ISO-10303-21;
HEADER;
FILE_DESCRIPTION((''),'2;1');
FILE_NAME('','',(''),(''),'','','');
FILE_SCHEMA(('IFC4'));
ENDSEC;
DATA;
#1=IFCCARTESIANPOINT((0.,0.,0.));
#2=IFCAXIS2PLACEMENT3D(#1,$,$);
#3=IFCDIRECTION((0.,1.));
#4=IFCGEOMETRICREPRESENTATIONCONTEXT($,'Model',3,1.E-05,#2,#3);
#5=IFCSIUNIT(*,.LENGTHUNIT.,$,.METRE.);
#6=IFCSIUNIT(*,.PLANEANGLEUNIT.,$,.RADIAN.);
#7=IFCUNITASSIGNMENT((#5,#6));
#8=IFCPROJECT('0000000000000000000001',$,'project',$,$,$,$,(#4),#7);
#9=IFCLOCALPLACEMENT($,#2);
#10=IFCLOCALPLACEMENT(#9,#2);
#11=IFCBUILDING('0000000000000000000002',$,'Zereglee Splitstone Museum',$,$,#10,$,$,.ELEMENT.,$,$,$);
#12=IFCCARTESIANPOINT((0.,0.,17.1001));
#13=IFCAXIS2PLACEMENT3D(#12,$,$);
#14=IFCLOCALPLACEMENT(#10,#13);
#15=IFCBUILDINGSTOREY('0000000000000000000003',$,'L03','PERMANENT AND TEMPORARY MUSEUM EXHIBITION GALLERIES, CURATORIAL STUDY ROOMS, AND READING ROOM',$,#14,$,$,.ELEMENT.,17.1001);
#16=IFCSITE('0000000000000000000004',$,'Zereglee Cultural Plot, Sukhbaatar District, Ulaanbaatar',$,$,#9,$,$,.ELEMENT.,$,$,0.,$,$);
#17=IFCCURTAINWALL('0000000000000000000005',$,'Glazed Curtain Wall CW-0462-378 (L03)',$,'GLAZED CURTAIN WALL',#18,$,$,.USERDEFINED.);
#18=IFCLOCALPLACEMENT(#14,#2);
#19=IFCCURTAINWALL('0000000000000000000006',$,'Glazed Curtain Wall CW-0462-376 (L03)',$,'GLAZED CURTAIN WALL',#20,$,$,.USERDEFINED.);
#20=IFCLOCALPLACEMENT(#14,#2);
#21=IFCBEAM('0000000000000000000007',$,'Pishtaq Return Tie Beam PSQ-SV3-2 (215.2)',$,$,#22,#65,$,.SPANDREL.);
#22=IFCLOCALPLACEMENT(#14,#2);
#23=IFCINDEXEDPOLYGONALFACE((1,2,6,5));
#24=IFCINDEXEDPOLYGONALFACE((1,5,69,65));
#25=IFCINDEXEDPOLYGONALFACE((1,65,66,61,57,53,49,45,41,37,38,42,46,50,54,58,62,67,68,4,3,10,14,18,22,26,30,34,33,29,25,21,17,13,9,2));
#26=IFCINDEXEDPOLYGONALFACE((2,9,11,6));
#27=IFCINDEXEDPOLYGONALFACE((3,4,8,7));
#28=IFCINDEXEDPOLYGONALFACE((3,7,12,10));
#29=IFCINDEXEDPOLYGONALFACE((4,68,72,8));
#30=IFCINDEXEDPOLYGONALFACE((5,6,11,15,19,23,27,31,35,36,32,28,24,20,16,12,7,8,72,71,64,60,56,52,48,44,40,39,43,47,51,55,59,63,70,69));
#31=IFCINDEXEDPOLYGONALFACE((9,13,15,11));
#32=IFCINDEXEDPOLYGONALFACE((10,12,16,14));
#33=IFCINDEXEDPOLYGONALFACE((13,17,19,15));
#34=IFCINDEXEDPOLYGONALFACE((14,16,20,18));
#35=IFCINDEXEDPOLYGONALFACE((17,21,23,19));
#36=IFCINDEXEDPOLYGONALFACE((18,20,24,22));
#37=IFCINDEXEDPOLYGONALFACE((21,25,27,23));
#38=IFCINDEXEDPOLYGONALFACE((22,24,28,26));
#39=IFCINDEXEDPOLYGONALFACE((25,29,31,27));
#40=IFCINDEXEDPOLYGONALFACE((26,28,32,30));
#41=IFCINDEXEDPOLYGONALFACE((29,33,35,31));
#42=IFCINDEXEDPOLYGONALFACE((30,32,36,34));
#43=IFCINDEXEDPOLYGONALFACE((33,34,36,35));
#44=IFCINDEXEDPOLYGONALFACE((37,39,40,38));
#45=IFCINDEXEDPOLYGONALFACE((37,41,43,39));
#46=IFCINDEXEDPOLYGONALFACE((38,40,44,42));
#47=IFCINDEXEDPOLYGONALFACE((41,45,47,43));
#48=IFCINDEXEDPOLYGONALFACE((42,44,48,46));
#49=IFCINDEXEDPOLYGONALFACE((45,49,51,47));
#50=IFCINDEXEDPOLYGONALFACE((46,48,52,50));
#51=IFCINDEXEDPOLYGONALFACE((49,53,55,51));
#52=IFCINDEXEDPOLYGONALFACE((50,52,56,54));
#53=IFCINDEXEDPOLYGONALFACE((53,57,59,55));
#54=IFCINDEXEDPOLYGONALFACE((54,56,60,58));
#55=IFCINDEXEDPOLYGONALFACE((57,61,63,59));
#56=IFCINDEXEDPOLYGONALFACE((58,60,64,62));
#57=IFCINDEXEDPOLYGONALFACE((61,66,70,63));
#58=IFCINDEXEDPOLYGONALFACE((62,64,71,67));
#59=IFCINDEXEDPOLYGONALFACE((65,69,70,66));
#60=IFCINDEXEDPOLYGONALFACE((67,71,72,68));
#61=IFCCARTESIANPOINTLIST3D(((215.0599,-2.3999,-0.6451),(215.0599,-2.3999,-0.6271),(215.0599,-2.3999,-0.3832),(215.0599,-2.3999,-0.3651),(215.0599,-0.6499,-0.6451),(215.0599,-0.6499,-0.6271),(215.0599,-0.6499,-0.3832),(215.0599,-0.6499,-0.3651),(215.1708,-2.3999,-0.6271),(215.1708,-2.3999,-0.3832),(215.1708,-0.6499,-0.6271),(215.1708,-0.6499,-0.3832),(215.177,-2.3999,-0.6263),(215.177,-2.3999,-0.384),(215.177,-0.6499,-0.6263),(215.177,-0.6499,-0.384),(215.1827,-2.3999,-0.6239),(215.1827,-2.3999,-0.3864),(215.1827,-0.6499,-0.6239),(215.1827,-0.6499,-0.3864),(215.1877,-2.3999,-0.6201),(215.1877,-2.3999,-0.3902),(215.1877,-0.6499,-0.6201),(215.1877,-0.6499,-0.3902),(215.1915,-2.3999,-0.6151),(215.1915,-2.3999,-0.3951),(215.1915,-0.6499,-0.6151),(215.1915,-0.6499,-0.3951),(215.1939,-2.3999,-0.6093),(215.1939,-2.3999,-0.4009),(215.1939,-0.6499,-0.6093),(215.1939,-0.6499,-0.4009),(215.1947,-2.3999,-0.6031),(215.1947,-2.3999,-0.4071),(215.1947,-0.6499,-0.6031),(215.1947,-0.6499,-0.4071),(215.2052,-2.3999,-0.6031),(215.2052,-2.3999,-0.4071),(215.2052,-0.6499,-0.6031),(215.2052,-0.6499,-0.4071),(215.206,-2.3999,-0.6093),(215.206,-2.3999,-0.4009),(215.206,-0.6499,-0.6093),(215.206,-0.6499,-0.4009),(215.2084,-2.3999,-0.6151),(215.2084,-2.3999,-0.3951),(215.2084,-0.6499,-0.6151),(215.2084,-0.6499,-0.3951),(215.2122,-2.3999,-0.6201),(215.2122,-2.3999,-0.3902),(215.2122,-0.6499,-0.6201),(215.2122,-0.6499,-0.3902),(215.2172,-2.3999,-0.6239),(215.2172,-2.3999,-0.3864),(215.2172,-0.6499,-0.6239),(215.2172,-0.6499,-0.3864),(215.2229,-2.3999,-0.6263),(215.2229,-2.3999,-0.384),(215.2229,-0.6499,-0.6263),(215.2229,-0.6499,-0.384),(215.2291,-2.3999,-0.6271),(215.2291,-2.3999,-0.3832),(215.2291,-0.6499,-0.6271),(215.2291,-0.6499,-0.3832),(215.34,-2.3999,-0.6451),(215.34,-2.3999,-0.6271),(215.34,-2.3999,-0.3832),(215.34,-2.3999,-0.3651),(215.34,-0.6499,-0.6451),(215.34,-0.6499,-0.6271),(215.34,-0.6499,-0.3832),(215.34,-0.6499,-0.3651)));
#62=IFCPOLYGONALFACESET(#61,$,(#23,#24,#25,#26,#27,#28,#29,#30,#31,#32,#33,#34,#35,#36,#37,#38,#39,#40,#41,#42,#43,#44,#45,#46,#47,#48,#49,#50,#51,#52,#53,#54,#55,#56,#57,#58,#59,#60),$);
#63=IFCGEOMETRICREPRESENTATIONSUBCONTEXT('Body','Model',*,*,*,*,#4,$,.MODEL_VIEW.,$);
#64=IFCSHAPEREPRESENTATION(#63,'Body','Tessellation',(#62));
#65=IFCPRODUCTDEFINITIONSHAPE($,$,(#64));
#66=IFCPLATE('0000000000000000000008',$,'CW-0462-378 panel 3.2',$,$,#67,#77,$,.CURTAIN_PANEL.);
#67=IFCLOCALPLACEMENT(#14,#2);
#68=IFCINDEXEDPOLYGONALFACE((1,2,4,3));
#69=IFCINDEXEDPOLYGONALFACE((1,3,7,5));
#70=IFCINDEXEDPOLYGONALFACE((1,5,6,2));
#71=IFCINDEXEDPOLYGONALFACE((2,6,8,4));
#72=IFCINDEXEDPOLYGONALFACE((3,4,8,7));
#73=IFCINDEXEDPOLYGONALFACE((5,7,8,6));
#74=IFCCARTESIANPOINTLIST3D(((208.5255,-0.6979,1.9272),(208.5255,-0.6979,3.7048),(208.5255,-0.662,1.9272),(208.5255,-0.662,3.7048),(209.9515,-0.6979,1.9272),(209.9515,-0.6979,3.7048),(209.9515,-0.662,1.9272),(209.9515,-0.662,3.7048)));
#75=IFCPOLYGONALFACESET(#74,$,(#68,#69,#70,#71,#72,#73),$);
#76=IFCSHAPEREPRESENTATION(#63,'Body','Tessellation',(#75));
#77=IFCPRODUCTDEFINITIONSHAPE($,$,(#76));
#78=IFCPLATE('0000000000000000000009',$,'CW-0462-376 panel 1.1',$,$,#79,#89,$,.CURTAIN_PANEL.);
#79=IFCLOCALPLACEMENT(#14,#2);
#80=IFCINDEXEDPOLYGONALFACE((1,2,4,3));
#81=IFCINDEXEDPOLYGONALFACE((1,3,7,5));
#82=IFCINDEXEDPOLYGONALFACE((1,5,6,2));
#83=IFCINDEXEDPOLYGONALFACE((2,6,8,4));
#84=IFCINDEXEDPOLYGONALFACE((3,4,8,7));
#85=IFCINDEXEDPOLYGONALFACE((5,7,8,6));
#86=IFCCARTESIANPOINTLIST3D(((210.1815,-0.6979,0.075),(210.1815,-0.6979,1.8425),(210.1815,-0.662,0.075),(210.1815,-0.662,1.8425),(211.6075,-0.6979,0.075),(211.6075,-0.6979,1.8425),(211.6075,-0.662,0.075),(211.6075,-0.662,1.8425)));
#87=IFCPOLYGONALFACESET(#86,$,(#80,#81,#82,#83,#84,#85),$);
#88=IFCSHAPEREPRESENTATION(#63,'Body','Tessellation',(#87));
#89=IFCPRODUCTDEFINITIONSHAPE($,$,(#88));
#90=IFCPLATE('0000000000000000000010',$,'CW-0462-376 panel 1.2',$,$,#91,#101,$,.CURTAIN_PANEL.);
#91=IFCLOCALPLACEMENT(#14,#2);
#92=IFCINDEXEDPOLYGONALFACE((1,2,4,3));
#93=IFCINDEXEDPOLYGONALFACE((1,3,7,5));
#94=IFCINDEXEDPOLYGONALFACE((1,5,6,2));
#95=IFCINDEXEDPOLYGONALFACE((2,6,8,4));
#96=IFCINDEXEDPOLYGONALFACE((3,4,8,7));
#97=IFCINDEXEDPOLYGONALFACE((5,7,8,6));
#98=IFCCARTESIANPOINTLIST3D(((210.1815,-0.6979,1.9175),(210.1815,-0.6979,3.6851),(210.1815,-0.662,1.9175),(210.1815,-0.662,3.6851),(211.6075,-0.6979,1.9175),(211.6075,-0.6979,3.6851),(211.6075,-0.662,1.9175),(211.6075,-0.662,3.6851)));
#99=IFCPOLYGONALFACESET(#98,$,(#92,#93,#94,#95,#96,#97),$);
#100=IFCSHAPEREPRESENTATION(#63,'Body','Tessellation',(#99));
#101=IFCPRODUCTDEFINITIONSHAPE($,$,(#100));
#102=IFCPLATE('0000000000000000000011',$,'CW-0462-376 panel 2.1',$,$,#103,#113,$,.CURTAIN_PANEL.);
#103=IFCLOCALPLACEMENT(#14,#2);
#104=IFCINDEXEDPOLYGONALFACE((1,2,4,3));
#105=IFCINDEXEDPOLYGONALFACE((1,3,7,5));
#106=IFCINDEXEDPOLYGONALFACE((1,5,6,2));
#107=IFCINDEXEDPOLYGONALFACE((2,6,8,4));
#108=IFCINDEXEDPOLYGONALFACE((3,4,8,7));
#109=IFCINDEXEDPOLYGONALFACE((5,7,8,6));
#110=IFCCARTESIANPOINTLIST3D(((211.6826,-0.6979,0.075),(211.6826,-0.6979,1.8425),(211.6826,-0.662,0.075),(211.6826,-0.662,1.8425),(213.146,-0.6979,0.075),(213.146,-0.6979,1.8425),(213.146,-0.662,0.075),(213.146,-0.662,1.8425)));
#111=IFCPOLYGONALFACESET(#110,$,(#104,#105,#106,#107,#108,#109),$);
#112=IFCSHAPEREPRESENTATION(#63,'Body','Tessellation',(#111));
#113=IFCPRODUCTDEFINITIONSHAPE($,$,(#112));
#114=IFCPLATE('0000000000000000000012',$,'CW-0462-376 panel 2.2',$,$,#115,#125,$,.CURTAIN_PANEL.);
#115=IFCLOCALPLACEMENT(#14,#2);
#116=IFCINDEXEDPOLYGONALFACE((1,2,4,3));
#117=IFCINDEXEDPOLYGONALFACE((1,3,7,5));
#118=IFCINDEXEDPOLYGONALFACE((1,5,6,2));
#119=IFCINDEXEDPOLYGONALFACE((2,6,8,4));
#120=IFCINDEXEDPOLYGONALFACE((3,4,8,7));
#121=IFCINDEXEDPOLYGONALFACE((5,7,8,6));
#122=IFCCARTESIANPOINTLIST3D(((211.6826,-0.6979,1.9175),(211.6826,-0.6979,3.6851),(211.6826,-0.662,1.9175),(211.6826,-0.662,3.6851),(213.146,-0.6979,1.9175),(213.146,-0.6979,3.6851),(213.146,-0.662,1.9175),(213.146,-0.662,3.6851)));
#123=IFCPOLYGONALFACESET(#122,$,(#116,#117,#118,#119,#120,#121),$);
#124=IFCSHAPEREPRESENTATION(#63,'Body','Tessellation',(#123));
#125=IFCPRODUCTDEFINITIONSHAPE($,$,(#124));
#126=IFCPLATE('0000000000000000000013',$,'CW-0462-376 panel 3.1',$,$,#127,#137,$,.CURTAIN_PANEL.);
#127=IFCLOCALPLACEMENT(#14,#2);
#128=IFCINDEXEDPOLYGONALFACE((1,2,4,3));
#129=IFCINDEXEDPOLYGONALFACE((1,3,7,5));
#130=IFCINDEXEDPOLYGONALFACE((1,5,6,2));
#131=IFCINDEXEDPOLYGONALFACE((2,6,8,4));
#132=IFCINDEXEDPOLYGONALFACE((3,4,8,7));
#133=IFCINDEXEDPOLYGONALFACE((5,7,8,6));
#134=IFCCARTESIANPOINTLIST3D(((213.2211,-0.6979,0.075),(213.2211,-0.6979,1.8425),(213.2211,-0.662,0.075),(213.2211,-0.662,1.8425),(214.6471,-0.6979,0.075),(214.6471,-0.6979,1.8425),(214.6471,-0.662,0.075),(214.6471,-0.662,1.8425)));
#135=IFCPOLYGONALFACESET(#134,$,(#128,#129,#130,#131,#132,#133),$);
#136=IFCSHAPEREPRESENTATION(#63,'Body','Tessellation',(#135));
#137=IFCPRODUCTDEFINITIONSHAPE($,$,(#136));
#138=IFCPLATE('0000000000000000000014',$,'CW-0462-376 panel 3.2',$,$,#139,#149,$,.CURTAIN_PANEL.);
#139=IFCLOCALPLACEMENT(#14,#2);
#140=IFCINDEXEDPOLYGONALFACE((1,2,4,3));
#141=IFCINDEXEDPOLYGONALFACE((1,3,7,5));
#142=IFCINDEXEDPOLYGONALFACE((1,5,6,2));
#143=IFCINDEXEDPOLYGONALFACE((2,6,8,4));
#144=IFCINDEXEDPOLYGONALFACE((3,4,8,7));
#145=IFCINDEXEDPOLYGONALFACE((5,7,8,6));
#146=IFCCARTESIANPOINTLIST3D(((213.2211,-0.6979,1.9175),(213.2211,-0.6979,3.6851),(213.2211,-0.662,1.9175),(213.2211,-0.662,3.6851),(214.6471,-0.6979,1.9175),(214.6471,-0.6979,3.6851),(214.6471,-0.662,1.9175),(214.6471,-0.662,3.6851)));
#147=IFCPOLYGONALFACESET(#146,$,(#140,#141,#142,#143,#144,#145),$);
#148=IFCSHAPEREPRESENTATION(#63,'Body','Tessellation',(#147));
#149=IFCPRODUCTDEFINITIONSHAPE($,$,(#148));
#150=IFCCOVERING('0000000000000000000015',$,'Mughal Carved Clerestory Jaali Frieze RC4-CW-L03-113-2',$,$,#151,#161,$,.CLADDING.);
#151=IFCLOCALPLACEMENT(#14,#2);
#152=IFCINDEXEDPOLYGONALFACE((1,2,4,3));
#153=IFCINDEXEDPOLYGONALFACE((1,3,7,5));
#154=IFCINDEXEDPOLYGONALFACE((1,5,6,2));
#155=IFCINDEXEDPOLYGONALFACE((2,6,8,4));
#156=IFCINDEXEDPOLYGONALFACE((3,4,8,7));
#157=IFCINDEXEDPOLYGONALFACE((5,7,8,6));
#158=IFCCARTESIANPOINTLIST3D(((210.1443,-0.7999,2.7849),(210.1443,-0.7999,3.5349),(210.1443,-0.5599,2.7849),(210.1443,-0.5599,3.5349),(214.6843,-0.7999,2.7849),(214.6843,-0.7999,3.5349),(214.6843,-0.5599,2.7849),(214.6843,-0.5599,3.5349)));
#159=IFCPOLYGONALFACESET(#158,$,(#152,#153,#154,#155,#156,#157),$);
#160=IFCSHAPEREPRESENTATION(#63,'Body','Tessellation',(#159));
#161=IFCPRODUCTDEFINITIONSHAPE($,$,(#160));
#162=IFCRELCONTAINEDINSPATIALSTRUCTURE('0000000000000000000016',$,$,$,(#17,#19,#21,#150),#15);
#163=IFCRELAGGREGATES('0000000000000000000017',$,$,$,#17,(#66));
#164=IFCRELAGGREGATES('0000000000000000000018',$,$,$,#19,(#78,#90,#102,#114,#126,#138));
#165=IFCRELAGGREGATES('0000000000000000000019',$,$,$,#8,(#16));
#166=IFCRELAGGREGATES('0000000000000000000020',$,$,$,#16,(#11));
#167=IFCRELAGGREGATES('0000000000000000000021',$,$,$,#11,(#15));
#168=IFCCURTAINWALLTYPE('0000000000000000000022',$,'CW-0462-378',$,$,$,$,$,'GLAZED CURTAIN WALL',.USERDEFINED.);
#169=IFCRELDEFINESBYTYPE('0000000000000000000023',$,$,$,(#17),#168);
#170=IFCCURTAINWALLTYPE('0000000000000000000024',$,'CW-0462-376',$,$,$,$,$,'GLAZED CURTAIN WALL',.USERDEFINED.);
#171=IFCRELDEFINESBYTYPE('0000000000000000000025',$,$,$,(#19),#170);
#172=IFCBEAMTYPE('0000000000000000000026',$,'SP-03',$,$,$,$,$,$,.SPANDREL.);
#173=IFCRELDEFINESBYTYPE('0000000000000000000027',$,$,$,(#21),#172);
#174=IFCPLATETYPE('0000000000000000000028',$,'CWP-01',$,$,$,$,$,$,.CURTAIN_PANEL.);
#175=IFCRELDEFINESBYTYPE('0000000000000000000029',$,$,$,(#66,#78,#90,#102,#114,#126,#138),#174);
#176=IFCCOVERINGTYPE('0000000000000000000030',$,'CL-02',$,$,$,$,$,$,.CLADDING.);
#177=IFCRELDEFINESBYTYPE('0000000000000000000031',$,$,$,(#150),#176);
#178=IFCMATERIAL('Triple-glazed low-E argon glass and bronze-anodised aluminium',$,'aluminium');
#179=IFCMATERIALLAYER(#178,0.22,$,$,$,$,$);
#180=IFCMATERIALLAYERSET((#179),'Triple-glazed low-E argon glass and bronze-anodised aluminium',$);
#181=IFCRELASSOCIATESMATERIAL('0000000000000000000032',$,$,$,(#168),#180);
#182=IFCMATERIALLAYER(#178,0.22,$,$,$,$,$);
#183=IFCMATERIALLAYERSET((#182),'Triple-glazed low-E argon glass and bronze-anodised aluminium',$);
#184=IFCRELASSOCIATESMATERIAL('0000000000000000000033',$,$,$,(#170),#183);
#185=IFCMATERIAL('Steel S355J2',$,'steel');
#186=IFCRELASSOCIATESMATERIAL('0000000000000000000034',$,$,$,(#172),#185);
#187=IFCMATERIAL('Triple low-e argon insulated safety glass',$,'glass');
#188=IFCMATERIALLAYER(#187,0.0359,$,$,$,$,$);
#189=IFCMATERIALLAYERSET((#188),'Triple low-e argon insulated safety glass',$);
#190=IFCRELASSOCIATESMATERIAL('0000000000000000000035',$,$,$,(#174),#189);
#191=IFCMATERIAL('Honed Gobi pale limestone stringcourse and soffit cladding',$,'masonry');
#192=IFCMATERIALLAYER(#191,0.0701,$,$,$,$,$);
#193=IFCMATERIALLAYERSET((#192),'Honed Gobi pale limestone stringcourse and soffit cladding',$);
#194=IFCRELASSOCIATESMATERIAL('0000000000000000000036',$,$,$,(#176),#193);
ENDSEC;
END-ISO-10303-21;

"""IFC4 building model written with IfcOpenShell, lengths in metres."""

from ifc_helpers import new_model, si_unit, direction, frame, origin, origin_2d, place, context, subcontext, project, spatial, rectangle, i_section, extrude, material, layer, layer_set, material_profile, profile_set, type_object, element, aggregate, save


model = new_model("IFC4")

# Units and contexts
model_context = context("Model", 3, precision=1e-05, world=origin(), true_north=direction((0.0, 1.0)))
body_context = subcontext(model_context, "Body", "Model", "MODEL_VIEW")
ifc_project = project(units=[si_unit("LENGTHUNIT", "METRE"), si_unit("PLANEANGLEUNIT", "RADIAN")], contexts=[model_context])

# Site, building, storey
site_placement = place(None, origin())
site = spatial("IfcSite", under=ifc_project, at=site_placement, Name="Zereglee Cultural Plot, Sukhbaatar District, Ulaanbaatar", CompositionType="ELEMENT", RefElevation=0.0)
building_placement = place(site_placement, origin())
building = spatial("IfcBuilding", under=site, at=building_placement, Name="Zereglee Splitstone Museum", CompositionType="ELEMENT")
storey_placement = place(building_placement, frame((0.0, 0.0, 17.1001)))
storey = spatial("IfcBuildingStorey", under=building, at=storey_placement, Name="L03", Description="PERMANENT AND TEMPORARY MUSEUM EXHIBITION GALLERIES, CURATORIAL STUDY ROOMS, AND READING ROOM", CompositionType="ELEMENT", Elevation=17.1001)

# Curtain wall
ifc_material_1 = material(Name="Triple-glazed low-E argon glass and bronze-anodised aluminium", Category="aluminium")
ifc_layer_1 = layer(ifc_material_1, 0.22)
ifc_layer_set_1 = layer_set([ifc_layer_1], Name="Triple-glazed low-E argon glass and bronze-anodised aluminium")
curtain_wall_type_1 = type_object("IfcCurtainWallType", Name="CW-0462-378", ElementType="GLAZED CURTAIN WALL", PredefinedType="USERDEFINED", material=ifc_layer_set_1)
curtain_wall_1_placement = place(storey_placement, origin())
curtain_wall_1 = element("IfcCurtainWall", 1, at=curtain_wall_1_placement, inside=storey, type_object=curtain_wall_type_1, Name="Glazed Curtain Wall CW-0462-378 (L03)", ObjectType="GLAZED CURTAIN WALL", PredefinedType="USERDEFINED")

# Curtain wall
ifc_layer_2 = layer(ifc_material_1, 0.22)
ifc_layer_set_2 = layer_set([ifc_layer_2], Name="Triple-glazed low-E argon glass and bronze-anodised aluminium")
curtain_wall_type_2 = type_object("IfcCurtainWallType", Name="CW-0462-376", ElementType="GLAZED CURTAIN WALL", PredefinedType="USERDEFINED", material=ifc_layer_set_2)
curtain_wall_2_placement = place(storey_placement, origin())
curtain_wall_2 = element("IfcCurtainWall", 2, at=curtain_wall_2_placement, inside=storey, type_object=curtain_wall_type_2, Name="Glazed Curtain Wall CW-0462-376 (L03)", ObjectType="GLAZED CURTAIN WALL", PredefinedType="USERDEFINED")

# Beam
ifc_material_2 = material(Name="Steel S355J2", Category="steel")
ifc_material_profile_1 = material_profile(ifc_material_2, i_section(OverallWidth=0.28, OverallDepth=0.28, WebThickness=0.0105, FlangeThickness=0.0181, FilletRadius=0.0239, at=origin_2d()), Name="HE 280 B")
ifc_profile_set_1 = profile_set([ifc_material_profile_1], Name="Steel S355J2")
beam_type = type_object("IfcBeamType", Name="SP-03", PredefinedType="SPANDREL", material=ifc_profile_set_1)
beam_placement = place(storey_placement, frame((215.2, -2.3999, -0.5051), z_axis=(0.0, 1.0, 0.0), x_axis=(-1.0, 0.0, 0.0)))
element("IfcBeam", 3, at=beam_placement, inside=storey, type_object=beam_type, Name="Pishtaq Return Tie Beam PSQ-SV3-2 (215.2)", PredefinedType="SPANDREL", context=body_context, shape_type="SweptSolid", body=[
    extrude(i_section(OverallWidth=0.28, OverallDepth=0.28, WebThickness=0.0105, FlangeThickness=0.0181, FilletRadius=0.0239, at=origin_2d()), origin(), (0.0, 0.0, 1.0), 1.75),
])

# Plates
ifc_material_3 = material(Name="Triple low-e argon insulated safety glass", Category="glass")
ifc_layer_3 = layer(ifc_material_3, 0.0359)
ifc_layer_set_3 = layer_set([ifc_layer_3], Name="Triple low-e argon insulated safety glass")
plate_type = type_object("IfcPlateType", Name="CWP-01", PredefinedType="CURTAIN_PANEL", material=ifc_layer_set_3)
plate_1_placement = place(storey_placement, frame((209.2385, -0.6799, 1.9272), z_axis=(0.0, 0.0, 1.0), x_axis=(1.0, 0.0, 0.0)))
plate_1 = element("IfcPlate", 4, at=plate_1_placement, type_object=plate_type, Name="CW-0462-378 panel 3.2", PredefinedType="CURTAIN_PANEL", context=body_context, shape_type="SweptSolid", body=[
    extrude(rectangle(XDim=1.426, YDim=0.0359, at=origin_2d()), origin(), (0.0, 0.0, 1.0), 1.7776),
])
aggregate(curtain_wall_1, [plate_1])
plate_2_placement = place(storey_placement, frame((210.8945, -0.6799, 0.075), z_axis=(0.0, 0.0, 1.0), x_axis=(1.0, 0.0, 0.0)))
plate_2 = element("IfcPlate", 5, at=plate_2_placement, type_object=plate_type, Name="CW-0462-376 panel 1.1", PredefinedType="CURTAIN_PANEL", context=body_context, shape_type="SweptSolid", body=[
    extrude(rectangle(XDim=1.426, YDim=0.0359, at=origin_2d()), origin(), (0.0, 0.0, 1.0), 1.7676),
])
plate_3_placement = place(storey_placement, frame((210.8945, -0.6799, 1.9175), z_axis=(0.0, 0.0, 1.0), x_axis=(1.0, 0.0, 0.0)))
plate_3 = element("IfcPlate", 6, at=plate_3_placement, type_object=plate_type, Name="CW-0462-376 panel 1.2", PredefinedType="CURTAIN_PANEL", context=body_context, shape_type="SweptSolid", body=[
    extrude(rectangle(XDim=1.426, YDim=0.0359, at=origin_2d()), origin(), (0.0, 0.0, 1.0), 1.7676),
])
plate_4_placement = place(storey_placement, frame((212.4143, -0.6799, 0.075), z_axis=(0.0, 0.0, 1.0), x_axis=(1.0, 0.0, 0.0)))
plate_4 = element("IfcPlate", 7, at=plate_4_placement, type_object=plate_type, Name="CW-0462-376 panel 2.1", PredefinedType="CURTAIN_PANEL", context=body_context, shape_type="SweptSolid", body=[
    extrude(rectangle(XDim=1.4634, YDim=0.0359, at=origin_2d()), origin(), (0.0, 0.0, 1.0), 1.7676),
])
plate_5_placement = place(storey_placement, frame((212.4143, -0.6799, 1.9175), z_axis=(0.0, 0.0, 1.0), x_axis=(1.0, 0.0, 0.0)))
plate_5 = element("IfcPlate", 8, at=plate_5_placement, type_object=plate_type, Name="CW-0462-376 panel 2.2", PredefinedType="CURTAIN_PANEL", context=body_context, shape_type="SweptSolid", body=[
    extrude(rectangle(XDim=1.4634, YDim=0.0359, at=origin_2d()), origin(), (0.0, 0.0, 1.0), 1.7676),
])
plate_6_placement = place(storey_placement, frame((213.9341, -0.6799, 0.075), z_axis=(0.0, 0.0, 1.0), x_axis=(1.0, 0.0, 0.0)))
plate_6 = element("IfcPlate", 9, at=plate_6_placement, type_object=plate_type, Name="CW-0462-376 panel 3.1", PredefinedType="CURTAIN_PANEL", context=body_context, shape_type="SweptSolid", body=[
    extrude(rectangle(XDim=1.426, YDim=0.0359, at=origin_2d()), origin(), (0.0, 0.0, 1.0), 1.7676),
])
plate_7_placement = place(storey_placement, frame((213.9341, -0.6799, 1.9175), z_axis=(0.0, 0.0, 1.0), x_axis=(1.0, 0.0, 0.0)))
plate_7 = element("IfcPlate", 10, at=plate_7_placement, type_object=plate_type, Name="CW-0462-376 panel 3.2", PredefinedType="CURTAIN_PANEL", context=body_context, shape_type="SweptSolid", body=[
    extrude(rectangle(XDim=1.426, YDim=0.0359, at=origin_2d()), origin(), (0.0, 0.0, 1.0), 1.7676),
])
aggregate(curtain_wall_2, [plate_2, plate_3, plate_4, plate_5, plate_6, plate_7])

# Covering
ifc_material_4 = material(Name="Honed Gobi pale limestone stringcourse and soffit cladding", Category="masonry")
ifc_layer_4 = layer(ifc_material_4, 0.0701)
ifc_layer_set_4 = layer_set([ifc_layer_4], Name="Honed Gobi pale limestone stringcourse and soffit cladding")
covering_type = type_object("IfcCoveringType", Name="CL-02", PredefinedType="CLADDING", material=ifc_layer_set_4)
covering_placement = place(storey_placement, frame((212.4143, -0.6799, 2.7849), z_axis=(0.0, 0.0, 1.0), x_axis=(1.0, 0.0, 0.0)))
element("IfcCovering", 11, at=covering_placement, inside=storey, type_object=covering_type, Name="Mughal Carved Clerestory Jaali Frieze RC4-CW-L03-113-2", PredefinedType="CLADDING", context=body_context, shape_type="SweptSolid", body=[
    extrude(rectangle(XDim=4.54, YDim=0.24, at=origin_2d()), origin(), (0.0, 0.0, 1.0), 0.75),
])

save(model, "model.ifc")
